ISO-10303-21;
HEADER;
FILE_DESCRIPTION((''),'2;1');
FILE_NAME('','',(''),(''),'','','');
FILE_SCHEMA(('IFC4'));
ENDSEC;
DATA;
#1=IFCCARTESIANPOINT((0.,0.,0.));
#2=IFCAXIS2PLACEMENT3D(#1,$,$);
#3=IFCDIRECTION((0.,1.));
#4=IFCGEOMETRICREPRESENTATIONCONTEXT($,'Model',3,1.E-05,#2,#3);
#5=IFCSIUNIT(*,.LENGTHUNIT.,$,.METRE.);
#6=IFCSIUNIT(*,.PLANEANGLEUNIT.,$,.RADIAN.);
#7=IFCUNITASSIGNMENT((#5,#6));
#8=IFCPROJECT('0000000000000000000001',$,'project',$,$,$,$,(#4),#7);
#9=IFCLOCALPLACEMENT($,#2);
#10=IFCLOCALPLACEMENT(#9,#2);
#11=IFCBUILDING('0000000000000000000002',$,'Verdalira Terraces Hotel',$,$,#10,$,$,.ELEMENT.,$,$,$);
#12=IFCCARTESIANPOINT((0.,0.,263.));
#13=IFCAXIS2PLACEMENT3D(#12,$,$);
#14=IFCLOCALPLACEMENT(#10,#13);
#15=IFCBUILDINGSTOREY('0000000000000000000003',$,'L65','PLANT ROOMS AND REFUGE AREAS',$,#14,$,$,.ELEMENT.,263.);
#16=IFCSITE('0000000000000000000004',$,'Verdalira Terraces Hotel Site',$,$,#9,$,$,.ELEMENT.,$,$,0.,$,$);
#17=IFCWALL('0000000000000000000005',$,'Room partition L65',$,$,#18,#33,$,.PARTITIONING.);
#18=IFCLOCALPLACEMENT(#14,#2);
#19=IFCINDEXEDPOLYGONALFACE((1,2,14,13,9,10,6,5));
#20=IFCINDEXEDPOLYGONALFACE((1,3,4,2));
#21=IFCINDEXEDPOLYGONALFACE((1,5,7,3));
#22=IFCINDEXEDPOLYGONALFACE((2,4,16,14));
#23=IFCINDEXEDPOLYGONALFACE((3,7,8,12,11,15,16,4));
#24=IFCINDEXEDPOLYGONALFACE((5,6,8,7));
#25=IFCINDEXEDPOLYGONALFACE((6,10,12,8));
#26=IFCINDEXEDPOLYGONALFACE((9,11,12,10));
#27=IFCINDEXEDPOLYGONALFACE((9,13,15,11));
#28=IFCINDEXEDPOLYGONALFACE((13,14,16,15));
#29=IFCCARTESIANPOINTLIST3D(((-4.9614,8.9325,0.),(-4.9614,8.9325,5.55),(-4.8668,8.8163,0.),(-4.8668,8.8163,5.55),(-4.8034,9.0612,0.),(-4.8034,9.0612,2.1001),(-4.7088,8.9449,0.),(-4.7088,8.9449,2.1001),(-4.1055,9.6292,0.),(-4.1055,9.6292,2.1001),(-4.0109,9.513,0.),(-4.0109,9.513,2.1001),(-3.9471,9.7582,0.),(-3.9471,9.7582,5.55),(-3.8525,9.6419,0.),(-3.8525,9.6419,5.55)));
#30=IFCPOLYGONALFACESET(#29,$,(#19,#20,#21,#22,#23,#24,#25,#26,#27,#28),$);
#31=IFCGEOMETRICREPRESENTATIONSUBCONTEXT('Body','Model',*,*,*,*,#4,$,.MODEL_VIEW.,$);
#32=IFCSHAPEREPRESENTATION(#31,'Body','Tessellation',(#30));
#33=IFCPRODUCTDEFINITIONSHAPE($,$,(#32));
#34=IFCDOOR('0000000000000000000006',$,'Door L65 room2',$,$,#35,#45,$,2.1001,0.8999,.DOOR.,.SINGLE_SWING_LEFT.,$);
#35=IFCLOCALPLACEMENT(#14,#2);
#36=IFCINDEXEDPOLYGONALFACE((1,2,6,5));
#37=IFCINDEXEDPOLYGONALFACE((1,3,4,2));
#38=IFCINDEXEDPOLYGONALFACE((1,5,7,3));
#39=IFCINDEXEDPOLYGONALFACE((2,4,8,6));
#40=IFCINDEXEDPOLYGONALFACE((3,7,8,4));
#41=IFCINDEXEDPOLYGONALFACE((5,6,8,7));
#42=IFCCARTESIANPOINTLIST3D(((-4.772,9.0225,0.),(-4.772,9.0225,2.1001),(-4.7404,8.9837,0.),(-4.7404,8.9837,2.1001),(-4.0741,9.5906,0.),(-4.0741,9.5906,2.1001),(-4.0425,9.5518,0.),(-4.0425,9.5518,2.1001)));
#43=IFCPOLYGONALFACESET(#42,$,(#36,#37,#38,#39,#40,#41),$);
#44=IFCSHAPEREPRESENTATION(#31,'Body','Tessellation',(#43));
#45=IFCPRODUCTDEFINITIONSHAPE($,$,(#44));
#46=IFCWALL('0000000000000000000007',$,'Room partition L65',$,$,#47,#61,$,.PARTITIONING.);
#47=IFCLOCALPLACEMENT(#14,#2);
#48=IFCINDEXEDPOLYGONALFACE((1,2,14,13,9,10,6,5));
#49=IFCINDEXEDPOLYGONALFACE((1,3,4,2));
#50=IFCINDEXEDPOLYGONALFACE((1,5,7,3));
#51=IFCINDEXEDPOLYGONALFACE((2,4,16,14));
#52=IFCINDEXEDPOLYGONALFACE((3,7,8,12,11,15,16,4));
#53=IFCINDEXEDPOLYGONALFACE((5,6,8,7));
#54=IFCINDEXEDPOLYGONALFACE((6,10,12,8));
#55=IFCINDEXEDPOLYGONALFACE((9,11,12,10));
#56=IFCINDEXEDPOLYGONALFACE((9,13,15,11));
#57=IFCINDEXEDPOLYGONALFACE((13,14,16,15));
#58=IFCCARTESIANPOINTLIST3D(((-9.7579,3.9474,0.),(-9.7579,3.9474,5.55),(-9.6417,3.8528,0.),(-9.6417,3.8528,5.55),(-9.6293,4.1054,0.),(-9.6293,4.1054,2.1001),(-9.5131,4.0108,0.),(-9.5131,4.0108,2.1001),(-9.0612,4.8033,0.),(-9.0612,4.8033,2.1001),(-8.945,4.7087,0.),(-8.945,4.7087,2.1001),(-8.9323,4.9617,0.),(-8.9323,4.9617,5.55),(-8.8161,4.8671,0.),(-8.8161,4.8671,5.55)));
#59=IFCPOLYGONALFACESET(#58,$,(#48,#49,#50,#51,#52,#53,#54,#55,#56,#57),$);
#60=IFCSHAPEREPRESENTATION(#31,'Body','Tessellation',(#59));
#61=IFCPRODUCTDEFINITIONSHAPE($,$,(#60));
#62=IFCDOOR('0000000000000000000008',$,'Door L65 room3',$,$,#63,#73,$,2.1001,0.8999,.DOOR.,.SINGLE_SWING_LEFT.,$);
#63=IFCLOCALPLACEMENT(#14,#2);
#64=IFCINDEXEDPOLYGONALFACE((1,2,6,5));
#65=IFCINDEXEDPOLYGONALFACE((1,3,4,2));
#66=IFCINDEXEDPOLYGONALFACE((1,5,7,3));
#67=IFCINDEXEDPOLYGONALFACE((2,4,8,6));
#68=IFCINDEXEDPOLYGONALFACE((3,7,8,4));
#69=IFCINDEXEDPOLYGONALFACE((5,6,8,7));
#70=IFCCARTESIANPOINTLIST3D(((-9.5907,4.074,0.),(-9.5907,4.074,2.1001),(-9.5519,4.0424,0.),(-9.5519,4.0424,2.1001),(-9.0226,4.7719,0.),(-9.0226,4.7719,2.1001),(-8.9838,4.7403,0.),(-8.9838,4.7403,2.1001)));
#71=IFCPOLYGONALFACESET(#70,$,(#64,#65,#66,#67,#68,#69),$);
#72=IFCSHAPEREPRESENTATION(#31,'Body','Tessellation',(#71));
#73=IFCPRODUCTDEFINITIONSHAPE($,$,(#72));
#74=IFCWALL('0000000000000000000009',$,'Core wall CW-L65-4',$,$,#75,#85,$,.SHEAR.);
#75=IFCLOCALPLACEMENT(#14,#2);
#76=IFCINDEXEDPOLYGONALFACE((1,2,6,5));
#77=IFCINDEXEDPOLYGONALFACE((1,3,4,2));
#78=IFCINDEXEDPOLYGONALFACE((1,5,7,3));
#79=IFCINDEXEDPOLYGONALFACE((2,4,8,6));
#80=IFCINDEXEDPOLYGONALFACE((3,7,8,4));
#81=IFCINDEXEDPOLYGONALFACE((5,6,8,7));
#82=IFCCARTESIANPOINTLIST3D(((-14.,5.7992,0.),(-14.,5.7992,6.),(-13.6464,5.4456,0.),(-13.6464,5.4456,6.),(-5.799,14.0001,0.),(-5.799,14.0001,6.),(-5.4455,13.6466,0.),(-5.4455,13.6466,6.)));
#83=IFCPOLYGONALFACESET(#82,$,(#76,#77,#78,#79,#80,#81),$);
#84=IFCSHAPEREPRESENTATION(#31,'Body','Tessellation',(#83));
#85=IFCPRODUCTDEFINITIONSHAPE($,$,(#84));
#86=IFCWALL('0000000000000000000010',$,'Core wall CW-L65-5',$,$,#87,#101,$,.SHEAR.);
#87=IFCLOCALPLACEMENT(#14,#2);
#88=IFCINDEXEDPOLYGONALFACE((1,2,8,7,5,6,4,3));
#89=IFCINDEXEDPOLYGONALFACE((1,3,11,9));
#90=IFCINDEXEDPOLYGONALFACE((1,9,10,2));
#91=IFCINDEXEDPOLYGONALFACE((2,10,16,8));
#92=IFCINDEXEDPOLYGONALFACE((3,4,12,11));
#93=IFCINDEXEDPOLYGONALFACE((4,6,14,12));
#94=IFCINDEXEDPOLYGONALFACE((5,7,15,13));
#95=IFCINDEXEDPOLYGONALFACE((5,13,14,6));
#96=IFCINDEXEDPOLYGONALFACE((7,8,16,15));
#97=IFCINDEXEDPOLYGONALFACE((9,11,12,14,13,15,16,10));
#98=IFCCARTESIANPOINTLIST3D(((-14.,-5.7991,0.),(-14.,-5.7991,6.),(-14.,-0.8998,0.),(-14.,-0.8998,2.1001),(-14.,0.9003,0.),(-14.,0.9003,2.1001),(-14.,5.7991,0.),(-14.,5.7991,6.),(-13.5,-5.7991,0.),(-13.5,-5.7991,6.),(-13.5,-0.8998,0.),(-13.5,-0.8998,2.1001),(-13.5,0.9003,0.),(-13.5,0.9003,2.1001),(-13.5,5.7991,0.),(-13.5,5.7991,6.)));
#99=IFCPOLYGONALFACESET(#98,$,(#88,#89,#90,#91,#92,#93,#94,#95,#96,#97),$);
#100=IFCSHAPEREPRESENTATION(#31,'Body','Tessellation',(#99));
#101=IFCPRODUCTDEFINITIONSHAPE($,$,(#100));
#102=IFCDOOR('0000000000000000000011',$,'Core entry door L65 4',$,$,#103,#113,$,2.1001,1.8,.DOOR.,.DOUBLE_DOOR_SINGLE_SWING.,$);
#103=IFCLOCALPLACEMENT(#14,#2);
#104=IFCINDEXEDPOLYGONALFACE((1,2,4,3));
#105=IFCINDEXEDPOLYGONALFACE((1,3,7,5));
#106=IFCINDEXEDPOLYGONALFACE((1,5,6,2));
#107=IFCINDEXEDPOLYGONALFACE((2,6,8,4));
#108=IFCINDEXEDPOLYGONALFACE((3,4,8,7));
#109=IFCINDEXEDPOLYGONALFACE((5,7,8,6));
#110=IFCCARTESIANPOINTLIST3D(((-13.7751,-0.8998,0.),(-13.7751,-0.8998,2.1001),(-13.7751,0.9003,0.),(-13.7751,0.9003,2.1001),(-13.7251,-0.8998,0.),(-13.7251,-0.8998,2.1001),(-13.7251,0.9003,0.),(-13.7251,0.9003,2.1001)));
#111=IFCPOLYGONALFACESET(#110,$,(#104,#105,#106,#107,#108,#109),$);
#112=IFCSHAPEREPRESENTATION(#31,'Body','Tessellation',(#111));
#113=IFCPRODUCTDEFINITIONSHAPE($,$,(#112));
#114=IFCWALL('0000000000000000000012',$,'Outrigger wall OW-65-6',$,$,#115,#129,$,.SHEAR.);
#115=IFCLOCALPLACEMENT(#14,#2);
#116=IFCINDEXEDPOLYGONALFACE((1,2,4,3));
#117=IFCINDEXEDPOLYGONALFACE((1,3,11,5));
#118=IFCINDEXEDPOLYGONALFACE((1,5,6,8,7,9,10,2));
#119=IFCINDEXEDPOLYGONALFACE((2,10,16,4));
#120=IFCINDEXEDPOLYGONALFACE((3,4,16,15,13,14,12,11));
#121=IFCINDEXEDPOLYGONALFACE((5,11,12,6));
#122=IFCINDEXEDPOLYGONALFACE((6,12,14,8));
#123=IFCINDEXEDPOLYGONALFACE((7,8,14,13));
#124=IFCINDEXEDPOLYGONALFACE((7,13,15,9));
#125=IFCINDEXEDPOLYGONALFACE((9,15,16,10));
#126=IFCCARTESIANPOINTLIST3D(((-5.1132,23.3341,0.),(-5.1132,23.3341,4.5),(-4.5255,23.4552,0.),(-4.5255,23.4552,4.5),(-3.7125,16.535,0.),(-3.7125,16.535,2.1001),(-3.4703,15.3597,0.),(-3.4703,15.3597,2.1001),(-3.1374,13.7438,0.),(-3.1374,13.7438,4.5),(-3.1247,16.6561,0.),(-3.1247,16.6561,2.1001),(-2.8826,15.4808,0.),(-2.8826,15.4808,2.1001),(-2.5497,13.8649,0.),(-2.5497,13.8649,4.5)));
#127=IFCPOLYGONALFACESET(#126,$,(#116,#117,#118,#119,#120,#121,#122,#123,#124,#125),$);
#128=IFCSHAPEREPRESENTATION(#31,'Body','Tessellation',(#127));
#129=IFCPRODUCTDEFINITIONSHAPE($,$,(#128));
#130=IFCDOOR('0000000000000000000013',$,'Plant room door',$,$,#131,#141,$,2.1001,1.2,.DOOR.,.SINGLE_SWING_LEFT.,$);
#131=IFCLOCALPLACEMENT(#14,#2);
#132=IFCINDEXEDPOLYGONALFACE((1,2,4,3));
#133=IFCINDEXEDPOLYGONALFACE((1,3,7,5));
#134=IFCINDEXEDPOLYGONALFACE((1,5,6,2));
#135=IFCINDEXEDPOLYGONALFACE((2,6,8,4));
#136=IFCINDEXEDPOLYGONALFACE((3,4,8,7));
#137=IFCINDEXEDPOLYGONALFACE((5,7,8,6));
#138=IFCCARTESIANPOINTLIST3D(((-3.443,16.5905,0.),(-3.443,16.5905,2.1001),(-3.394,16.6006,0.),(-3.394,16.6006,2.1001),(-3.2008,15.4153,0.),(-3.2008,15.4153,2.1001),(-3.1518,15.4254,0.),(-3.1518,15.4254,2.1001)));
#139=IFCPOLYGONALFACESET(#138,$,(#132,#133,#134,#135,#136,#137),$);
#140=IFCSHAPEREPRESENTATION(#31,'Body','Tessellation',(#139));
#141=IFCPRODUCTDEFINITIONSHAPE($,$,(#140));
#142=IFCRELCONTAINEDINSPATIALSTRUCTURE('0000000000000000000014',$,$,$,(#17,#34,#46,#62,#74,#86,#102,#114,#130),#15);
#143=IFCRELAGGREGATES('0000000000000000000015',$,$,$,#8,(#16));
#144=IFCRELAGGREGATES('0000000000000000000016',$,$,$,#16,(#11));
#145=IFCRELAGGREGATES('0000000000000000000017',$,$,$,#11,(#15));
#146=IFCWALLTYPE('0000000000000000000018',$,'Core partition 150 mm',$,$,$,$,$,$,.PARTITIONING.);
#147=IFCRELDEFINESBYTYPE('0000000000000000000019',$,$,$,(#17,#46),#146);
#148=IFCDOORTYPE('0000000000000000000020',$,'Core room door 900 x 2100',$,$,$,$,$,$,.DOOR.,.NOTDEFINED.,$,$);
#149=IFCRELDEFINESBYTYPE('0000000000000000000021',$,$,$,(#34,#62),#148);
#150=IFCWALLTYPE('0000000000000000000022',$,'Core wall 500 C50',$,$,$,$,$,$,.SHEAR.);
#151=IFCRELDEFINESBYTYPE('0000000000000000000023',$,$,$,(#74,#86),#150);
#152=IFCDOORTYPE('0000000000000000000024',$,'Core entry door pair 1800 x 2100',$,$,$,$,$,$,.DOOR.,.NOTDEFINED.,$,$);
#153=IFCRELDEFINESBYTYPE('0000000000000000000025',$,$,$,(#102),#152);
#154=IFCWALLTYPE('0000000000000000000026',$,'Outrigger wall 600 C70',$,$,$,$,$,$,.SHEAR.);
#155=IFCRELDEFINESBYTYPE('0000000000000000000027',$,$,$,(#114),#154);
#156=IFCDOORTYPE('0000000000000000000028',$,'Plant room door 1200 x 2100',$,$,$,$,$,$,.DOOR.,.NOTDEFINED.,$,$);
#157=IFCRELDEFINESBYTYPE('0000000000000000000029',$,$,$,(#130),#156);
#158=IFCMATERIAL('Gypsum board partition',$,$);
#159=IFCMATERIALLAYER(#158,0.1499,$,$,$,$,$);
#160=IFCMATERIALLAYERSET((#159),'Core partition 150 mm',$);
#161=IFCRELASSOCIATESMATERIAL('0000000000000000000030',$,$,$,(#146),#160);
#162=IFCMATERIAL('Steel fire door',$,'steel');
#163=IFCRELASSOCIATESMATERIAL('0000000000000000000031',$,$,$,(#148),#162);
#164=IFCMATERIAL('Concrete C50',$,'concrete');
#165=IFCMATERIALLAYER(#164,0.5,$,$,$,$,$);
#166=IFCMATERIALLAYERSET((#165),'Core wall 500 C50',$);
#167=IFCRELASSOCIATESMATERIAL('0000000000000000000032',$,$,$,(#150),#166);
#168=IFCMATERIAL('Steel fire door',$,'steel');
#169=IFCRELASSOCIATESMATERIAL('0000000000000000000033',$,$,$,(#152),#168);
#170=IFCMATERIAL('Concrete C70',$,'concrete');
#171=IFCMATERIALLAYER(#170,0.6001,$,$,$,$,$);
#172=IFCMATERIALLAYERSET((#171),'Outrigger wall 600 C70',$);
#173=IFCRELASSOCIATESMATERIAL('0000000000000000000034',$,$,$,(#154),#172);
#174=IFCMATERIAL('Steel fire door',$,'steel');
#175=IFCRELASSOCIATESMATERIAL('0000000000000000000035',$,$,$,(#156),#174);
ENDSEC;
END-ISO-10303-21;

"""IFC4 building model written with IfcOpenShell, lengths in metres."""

from ifc_helpers import new_model, si_unit, direction, frame, frame_2d, origin, place, context, subcontext, project, spatial, rectangle, extrude, material, layer, layer_set, type_object, element, fill, save


model = new_model("IFC4")

# Units and contexts
model_context = context("Model", 3, precision=1e-05, world=origin(), true_north=direction((0.0, 1.0)))
body_context = subcontext(model_context, "Body", "Model", "MODEL_VIEW")
ifc_project = project(units=[si_unit("LENGTHUNIT", "METRE"), si_unit("PLANEANGLEUNIT", "RADIAN")], contexts=[model_context])

# Site, building, storey
site_placement = place(None, origin())
site = spatial("IfcSite", under=ifc_project, at=site_placement, Name="Verdalira Terraces Hotel Site", CompositionType="ELEMENT", RefElevation=0.0)
building_placement = place(site_placement, origin())
building = spatial("IfcBuilding", under=site, at=building_placement, Name="Verdalira Terraces Hotel", CompositionType="ELEMENT")
storey_placement = place(building_placement, frame((0.0, 0.0, 263.0)))
storey = spatial("IfcBuildingStorey", under=building, at=storey_placement, Name="L65", Description="PLANT ROOMS AND REFUGE AREAS", CompositionType="ELEMENT", Elevation=263.0)

# Walls, openings, doors
ifc_material_1 = material(Name="Gypsum board partition")
ifc_layer_1 = layer(ifc_material_1, 0.1499)
ifc_layer_set_1 = layer_set([ifc_layer_1], Name="Core partition 150 mm")
wall_type_1 = type_object("IfcWallType", Name="Core partition 150 mm", PredefinedType="PARTITIONING", material=ifc_layer_set_1)
wall_1_placement = place(storey_placement, frame((-3.8999, 9.7, 0.0), z_axis=(0.0, 0.0, 1.0), x_axis=(-0.77556, -0.631274, 0.0)))
wall_1 = element("IfcWall", 1, at=wall_1_placement, inside=storey, type_object=wall_type_1, Name="Room partition L65", PredefinedType="PARTITIONING", context=body_context, shape_type="SweptSolid", body=[
    extrude(rectangle(XDim=1.3079, YDim=0.1499, at=frame_2d((0.6538, 0.0))), origin(), (0.0, 0.0, 1.0), 5.55),
])
opening_1_placement = place(wall_1_placement, frame((0.2041, 0.0, 0.0)))
opening_1 = element("IfcOpeningElement", 2, at=opening_1_placement, cuts=wall_1, PredefinedType="OPENING", context=body_context, shape_type="SweptSolid", body=[
    extrude(rectangle(XDim=0.8999, YDim=2.1001, at=frame_2d((0.45, 1.05))), frame((0.0, 0.085, 0.0), z_axis=(0.0, -1.0, 0.0), x_axis=(1.0, 0.0, 0.0)), (0.0, 0.0, 1.0), 0.1699),
])
ifc_material_2 = material(Name="Steel fire door", Category="steel")
door_type_1 = type_object("IfcDoorType", Name="Core room door 900 x 2100", OperationType="NOTDEFINED", PredefinedType="DOOR", material=ifc_material_2)
door_1_placement = place(opening_1_placement, origin())
door_1 = element("IfcDoor", 3, at=door_1_placement, inside=storey, type_object=door_type_1, Name="Door L65 room2", OperationType="SINGLE_SWING_LEFT", OverallHeight=2.1001, OverallWidth=0.8999, PredefinedType="DOOR", context=body_context, shape_type="SweptSolid", body=[
    extrude(rectangle(XDim=0.8999, YDim=2.1001, at=frame_2d((0.45, 1.05))), frame((0.0, 0.0249, 0.0), z_axis=(0.0, -1.0, 0.0), x_axis=(1.0, 0.0, 0.0)), (0.0, 0.0, 1.0), 0.05),
])
fill(opening_1, door_1)
wall_2_placement = place(storey_placement, frame((-8.8743, 4.9143, 0.0), z_axis=(0.0, 0.0, 1.0), x_axis=(-0.631274, -0.77556, 0.0)))
wall_2 = element("IfcWall", 4, at=wall_2_placement, inside=storey, type_object=wall_type_1, Name="Room partition L65", PredefinedType="PARTITIONING", context=body_context, shape_type="SweptSolid", body=[
    extrude(rectangle(XDim=1.3079, YDim=0.1499, at=frame_2d((0.6538, 0.0))), origin(), (0.0, 0.0, 1.0), 5.55),
])
opening_2_placement = place(wall_2_placement, frame((0.2041, 0.0, 0.0)))
opening_2 = element("IfcOpeningElement", 5, at=opening_2_placement, cuts=wall_2, PredefinedType="OPENING", context=body_context, shape_type="SweptSolid", body=[
    extrude(rectangle(XDim=0.8999, YDim=2.1001, at=frame_2d((0.45, 1.05))), frame((0.0, 0.085, 0.0), z_axis=(0.0, -1.0, 0.0), x_axis=(1.0, 0.0, 0.0)), (0.0, 0.0, 1.0), 0.1699),
])
door_2_placement = place(opening_2_placement, origin())
door_2 = element("IfcDoor", 6, at=door_2_placement, inside=storey, type_object=door_type_1, Name="Door L65 room3", OperationType="SINGLE_SWING_LEFT", OverallHeight=2.1001, OverallWidth=0.8999, PredefinedType="DOOR", context=body_context, shape_type="SweptSolid", body=[
    extrude(rectangle(XDim=0.8999, YDim=2.1001, at=frame_2d((0.45, 1.05))), frame((0.0, 0.0249, 0.0), z_axis=(0.0, -1.0, 0.0), x_axis=(1.0, 0.0, 0.0)), (0.0, 0.0, 1.0), 0.05),
])
fill(opening_2, door_2)

# Wall
ifc_material_3 = material(Name="Concrete C50", Category="concrete")
ifc_layer_2 = layer(ifc_material_3, 0.5)
ifc_layer_set_2 = layer_set([ifc_layer_2], Name="Core wall 500 C50")
wall_type_2 = type_object("IfcWallType", Name="Core wall 500 C50", PredefinedType="SHEAR", material=ifc_layer_set_2)
wall_3_placement = place(storey_placement, frame((-5.6223, 13.8232, 0.0), z_axis=(0.0, 0.0, 1.0), x_axis=(-0.707107, -0.707107, 0.0)))
element("IfcWall", 7, at=wall_3_placement, inside=storey, type_object=wall_type_2, Name="Core wall CW-L65-4", PredefinedType="SHEAR", context=body_context, shape_type="SweptSolid", body=[
    extrude(rectangle(XDim=11.5979, YDim=0.5, at=frame_2d((5.7988, 0.0))), origin(), (0.0, 0.0, 1.0), 6.0),
])

# Walls, openings, doors
wall_4_placement = place(storey_placement, frame((-13.75, 5.7991, 0.0), z_axis=(0.0, 0.0, 1.0), x_axis=(0.0, -1.0, 0.0)))
wall_4 = element("IfcWall", 8, at=wall_4_placement, inside=storey, type_object=wall_type_2, Name="Core wall CW-L65-5", PredefinedType="SHEAR", context=body_context, shape_type="SweptSolid", body=[
    extrude(rectangle(XDim=11.5981, YDim=0.5, at=frame_2d((5.7991, 0.0))), origin(), (0.0, 0.0, 1.0), 6.0),
])
opening_3_placement = place(wall_4_placement, frame((4.8989, 0.0, 0.0)))
opening_3 = element("IfcOpeningElement", 9, at=opening_3_placement, cuts=wall_4, PredefinedType="OPENING", context=body_context, shape_type="SweptSolid", body=[
    extrude(rectangle(XDim=1.8, YDim=2.1001, at=frame_2d((0.8999, 1.05))), frame((0.0, 0.26, 0.0), z_axis=(0.0, -1.0, 0.0), x_axis=(1.0, 0.0, 0.0)), (0.0, 0.0, 1.0), 0.52),
])
ifc_material_4 = material(Name="Steel fire door", Category="steel")
door_type_2 = type_object("IfcDoorType", Name="Core entry door pair 1800 x 2100", OperationType="NOTDEFINED", PredefinedType="DOOR", material=ifc_material_4)
door_3_placement = place(opening_3_placement, origin())
door_3 = element("IfcDoor", 10, at=door_3_placement, inside=storey, type_object=door_type_2, Name="Core entry door L65 4", OperationType="DOUBLE_DOOR_SINGLE_SWING", OverallHeight=2.1001, OverallWidth=1.8, PredefinedType="DOOR", context=body_context, shape_type="SweptSolid", body=[
    extrude(rectangle(XDim=1.8, YDim=2.1001, at=frame_2d((0.8999, 1.05))), frame((0.0, 0.0249, 0.0), z_axis=(0.0, -1.0, 0.0), x_axis=(1.0, 0.0, 0.0)), (0.0, 0.0, 1.0), 0.05),
])
fill(opening_3, door_3)
ifc_material_5 = material(Name="Concrete C70", Category="concrete")
ifc_layer_3 = layer(ifc_material_5, 0.6001)
ifc_layer_set_3 = layer_set([ifc_layer_3], Name="Outrigger wall 600 C70")
wall_type_3 = type_object("IfcWallType", Name="Outrigger wall 600 C70", PredefinedType="SHEAR", material=ifc_layer_set_3)
wall_5_placement = place(storey_placement, frame((-2.8435, 13.8042, 0.0), z_axis=(0.0, 0.0, 1.0), x_axis=(-0.201785, 0.97943, 0.0)))
wall_5 = element("IfcWall", 11, at=wall_5_placement, inside=storey, type_object=wall_type_3, Name="Outrigger wall OW-65-6", PredefinedType="SHEAR", context=body_context, shape_type="SweptSolid", body=[
    extrude(rectangle(XDim=9.7917, YDim=0.6001, at=frame_2d((4.896, 0.0))), origin(), (0.0, 0.0, 1.0), 4.5),
])
opening_4_placement = place(wall_5_placement, frame((1.6499, 0.0, 0.0)))
opening_4 = element("IfcOpeningElement", 12, at=opening_4_placement, cuts=wall_5, PredefinedType="OPENING", context=body_context, shape_type="SweptSolid", body=[
    extrude(rectangle(XDim=1.2, YDim=2.1001, at=frame_2d((0.6001, 1.05))), frame((0.0, 0.3101, 0.0), z_axis=(0.0, -1.0, 0.0), x_axis=(1.0, 0.0, 0.0)), (0.0, 0.0, 1.0), 0.6201),
])
ifc_material_6 = material(Name="Steel fire door", Category="steel")
door_type_3 = type_object("IfcDoorType", Name="Plant room door 1200 x 2100", OperationType="NOTDEFINED", PredefinedType="DOOR", material=ifc_material_6)
door_4_placement = place(opening_4_placement, origin())
door_4 = element("IfcDoor", 13, at=door_4_placement, inside=storey, type_object=door_type_3, Name="Plant room door", OperationType="SINGLE_SWING_LEFT", OverallHeight=2.1001, OverallWidth=1.2, PredefinedType="DOOR", context=body_context, shape_type="SweptSolid", body=[
    extrude(rectangle(XDim=1.2, YDim=2.1001, at=frame_2d((0.6001, 1.05))), frame((0.0, 0.0249, 0.0), z_axis=(0.0, -1.0, 0.0), x_axis=(1.0, 0.0, 0.0)), (0.0, 0.0, 1.0), 0.05),
])
fill(opening_4, door_4)

save(model, "model.ifc")
